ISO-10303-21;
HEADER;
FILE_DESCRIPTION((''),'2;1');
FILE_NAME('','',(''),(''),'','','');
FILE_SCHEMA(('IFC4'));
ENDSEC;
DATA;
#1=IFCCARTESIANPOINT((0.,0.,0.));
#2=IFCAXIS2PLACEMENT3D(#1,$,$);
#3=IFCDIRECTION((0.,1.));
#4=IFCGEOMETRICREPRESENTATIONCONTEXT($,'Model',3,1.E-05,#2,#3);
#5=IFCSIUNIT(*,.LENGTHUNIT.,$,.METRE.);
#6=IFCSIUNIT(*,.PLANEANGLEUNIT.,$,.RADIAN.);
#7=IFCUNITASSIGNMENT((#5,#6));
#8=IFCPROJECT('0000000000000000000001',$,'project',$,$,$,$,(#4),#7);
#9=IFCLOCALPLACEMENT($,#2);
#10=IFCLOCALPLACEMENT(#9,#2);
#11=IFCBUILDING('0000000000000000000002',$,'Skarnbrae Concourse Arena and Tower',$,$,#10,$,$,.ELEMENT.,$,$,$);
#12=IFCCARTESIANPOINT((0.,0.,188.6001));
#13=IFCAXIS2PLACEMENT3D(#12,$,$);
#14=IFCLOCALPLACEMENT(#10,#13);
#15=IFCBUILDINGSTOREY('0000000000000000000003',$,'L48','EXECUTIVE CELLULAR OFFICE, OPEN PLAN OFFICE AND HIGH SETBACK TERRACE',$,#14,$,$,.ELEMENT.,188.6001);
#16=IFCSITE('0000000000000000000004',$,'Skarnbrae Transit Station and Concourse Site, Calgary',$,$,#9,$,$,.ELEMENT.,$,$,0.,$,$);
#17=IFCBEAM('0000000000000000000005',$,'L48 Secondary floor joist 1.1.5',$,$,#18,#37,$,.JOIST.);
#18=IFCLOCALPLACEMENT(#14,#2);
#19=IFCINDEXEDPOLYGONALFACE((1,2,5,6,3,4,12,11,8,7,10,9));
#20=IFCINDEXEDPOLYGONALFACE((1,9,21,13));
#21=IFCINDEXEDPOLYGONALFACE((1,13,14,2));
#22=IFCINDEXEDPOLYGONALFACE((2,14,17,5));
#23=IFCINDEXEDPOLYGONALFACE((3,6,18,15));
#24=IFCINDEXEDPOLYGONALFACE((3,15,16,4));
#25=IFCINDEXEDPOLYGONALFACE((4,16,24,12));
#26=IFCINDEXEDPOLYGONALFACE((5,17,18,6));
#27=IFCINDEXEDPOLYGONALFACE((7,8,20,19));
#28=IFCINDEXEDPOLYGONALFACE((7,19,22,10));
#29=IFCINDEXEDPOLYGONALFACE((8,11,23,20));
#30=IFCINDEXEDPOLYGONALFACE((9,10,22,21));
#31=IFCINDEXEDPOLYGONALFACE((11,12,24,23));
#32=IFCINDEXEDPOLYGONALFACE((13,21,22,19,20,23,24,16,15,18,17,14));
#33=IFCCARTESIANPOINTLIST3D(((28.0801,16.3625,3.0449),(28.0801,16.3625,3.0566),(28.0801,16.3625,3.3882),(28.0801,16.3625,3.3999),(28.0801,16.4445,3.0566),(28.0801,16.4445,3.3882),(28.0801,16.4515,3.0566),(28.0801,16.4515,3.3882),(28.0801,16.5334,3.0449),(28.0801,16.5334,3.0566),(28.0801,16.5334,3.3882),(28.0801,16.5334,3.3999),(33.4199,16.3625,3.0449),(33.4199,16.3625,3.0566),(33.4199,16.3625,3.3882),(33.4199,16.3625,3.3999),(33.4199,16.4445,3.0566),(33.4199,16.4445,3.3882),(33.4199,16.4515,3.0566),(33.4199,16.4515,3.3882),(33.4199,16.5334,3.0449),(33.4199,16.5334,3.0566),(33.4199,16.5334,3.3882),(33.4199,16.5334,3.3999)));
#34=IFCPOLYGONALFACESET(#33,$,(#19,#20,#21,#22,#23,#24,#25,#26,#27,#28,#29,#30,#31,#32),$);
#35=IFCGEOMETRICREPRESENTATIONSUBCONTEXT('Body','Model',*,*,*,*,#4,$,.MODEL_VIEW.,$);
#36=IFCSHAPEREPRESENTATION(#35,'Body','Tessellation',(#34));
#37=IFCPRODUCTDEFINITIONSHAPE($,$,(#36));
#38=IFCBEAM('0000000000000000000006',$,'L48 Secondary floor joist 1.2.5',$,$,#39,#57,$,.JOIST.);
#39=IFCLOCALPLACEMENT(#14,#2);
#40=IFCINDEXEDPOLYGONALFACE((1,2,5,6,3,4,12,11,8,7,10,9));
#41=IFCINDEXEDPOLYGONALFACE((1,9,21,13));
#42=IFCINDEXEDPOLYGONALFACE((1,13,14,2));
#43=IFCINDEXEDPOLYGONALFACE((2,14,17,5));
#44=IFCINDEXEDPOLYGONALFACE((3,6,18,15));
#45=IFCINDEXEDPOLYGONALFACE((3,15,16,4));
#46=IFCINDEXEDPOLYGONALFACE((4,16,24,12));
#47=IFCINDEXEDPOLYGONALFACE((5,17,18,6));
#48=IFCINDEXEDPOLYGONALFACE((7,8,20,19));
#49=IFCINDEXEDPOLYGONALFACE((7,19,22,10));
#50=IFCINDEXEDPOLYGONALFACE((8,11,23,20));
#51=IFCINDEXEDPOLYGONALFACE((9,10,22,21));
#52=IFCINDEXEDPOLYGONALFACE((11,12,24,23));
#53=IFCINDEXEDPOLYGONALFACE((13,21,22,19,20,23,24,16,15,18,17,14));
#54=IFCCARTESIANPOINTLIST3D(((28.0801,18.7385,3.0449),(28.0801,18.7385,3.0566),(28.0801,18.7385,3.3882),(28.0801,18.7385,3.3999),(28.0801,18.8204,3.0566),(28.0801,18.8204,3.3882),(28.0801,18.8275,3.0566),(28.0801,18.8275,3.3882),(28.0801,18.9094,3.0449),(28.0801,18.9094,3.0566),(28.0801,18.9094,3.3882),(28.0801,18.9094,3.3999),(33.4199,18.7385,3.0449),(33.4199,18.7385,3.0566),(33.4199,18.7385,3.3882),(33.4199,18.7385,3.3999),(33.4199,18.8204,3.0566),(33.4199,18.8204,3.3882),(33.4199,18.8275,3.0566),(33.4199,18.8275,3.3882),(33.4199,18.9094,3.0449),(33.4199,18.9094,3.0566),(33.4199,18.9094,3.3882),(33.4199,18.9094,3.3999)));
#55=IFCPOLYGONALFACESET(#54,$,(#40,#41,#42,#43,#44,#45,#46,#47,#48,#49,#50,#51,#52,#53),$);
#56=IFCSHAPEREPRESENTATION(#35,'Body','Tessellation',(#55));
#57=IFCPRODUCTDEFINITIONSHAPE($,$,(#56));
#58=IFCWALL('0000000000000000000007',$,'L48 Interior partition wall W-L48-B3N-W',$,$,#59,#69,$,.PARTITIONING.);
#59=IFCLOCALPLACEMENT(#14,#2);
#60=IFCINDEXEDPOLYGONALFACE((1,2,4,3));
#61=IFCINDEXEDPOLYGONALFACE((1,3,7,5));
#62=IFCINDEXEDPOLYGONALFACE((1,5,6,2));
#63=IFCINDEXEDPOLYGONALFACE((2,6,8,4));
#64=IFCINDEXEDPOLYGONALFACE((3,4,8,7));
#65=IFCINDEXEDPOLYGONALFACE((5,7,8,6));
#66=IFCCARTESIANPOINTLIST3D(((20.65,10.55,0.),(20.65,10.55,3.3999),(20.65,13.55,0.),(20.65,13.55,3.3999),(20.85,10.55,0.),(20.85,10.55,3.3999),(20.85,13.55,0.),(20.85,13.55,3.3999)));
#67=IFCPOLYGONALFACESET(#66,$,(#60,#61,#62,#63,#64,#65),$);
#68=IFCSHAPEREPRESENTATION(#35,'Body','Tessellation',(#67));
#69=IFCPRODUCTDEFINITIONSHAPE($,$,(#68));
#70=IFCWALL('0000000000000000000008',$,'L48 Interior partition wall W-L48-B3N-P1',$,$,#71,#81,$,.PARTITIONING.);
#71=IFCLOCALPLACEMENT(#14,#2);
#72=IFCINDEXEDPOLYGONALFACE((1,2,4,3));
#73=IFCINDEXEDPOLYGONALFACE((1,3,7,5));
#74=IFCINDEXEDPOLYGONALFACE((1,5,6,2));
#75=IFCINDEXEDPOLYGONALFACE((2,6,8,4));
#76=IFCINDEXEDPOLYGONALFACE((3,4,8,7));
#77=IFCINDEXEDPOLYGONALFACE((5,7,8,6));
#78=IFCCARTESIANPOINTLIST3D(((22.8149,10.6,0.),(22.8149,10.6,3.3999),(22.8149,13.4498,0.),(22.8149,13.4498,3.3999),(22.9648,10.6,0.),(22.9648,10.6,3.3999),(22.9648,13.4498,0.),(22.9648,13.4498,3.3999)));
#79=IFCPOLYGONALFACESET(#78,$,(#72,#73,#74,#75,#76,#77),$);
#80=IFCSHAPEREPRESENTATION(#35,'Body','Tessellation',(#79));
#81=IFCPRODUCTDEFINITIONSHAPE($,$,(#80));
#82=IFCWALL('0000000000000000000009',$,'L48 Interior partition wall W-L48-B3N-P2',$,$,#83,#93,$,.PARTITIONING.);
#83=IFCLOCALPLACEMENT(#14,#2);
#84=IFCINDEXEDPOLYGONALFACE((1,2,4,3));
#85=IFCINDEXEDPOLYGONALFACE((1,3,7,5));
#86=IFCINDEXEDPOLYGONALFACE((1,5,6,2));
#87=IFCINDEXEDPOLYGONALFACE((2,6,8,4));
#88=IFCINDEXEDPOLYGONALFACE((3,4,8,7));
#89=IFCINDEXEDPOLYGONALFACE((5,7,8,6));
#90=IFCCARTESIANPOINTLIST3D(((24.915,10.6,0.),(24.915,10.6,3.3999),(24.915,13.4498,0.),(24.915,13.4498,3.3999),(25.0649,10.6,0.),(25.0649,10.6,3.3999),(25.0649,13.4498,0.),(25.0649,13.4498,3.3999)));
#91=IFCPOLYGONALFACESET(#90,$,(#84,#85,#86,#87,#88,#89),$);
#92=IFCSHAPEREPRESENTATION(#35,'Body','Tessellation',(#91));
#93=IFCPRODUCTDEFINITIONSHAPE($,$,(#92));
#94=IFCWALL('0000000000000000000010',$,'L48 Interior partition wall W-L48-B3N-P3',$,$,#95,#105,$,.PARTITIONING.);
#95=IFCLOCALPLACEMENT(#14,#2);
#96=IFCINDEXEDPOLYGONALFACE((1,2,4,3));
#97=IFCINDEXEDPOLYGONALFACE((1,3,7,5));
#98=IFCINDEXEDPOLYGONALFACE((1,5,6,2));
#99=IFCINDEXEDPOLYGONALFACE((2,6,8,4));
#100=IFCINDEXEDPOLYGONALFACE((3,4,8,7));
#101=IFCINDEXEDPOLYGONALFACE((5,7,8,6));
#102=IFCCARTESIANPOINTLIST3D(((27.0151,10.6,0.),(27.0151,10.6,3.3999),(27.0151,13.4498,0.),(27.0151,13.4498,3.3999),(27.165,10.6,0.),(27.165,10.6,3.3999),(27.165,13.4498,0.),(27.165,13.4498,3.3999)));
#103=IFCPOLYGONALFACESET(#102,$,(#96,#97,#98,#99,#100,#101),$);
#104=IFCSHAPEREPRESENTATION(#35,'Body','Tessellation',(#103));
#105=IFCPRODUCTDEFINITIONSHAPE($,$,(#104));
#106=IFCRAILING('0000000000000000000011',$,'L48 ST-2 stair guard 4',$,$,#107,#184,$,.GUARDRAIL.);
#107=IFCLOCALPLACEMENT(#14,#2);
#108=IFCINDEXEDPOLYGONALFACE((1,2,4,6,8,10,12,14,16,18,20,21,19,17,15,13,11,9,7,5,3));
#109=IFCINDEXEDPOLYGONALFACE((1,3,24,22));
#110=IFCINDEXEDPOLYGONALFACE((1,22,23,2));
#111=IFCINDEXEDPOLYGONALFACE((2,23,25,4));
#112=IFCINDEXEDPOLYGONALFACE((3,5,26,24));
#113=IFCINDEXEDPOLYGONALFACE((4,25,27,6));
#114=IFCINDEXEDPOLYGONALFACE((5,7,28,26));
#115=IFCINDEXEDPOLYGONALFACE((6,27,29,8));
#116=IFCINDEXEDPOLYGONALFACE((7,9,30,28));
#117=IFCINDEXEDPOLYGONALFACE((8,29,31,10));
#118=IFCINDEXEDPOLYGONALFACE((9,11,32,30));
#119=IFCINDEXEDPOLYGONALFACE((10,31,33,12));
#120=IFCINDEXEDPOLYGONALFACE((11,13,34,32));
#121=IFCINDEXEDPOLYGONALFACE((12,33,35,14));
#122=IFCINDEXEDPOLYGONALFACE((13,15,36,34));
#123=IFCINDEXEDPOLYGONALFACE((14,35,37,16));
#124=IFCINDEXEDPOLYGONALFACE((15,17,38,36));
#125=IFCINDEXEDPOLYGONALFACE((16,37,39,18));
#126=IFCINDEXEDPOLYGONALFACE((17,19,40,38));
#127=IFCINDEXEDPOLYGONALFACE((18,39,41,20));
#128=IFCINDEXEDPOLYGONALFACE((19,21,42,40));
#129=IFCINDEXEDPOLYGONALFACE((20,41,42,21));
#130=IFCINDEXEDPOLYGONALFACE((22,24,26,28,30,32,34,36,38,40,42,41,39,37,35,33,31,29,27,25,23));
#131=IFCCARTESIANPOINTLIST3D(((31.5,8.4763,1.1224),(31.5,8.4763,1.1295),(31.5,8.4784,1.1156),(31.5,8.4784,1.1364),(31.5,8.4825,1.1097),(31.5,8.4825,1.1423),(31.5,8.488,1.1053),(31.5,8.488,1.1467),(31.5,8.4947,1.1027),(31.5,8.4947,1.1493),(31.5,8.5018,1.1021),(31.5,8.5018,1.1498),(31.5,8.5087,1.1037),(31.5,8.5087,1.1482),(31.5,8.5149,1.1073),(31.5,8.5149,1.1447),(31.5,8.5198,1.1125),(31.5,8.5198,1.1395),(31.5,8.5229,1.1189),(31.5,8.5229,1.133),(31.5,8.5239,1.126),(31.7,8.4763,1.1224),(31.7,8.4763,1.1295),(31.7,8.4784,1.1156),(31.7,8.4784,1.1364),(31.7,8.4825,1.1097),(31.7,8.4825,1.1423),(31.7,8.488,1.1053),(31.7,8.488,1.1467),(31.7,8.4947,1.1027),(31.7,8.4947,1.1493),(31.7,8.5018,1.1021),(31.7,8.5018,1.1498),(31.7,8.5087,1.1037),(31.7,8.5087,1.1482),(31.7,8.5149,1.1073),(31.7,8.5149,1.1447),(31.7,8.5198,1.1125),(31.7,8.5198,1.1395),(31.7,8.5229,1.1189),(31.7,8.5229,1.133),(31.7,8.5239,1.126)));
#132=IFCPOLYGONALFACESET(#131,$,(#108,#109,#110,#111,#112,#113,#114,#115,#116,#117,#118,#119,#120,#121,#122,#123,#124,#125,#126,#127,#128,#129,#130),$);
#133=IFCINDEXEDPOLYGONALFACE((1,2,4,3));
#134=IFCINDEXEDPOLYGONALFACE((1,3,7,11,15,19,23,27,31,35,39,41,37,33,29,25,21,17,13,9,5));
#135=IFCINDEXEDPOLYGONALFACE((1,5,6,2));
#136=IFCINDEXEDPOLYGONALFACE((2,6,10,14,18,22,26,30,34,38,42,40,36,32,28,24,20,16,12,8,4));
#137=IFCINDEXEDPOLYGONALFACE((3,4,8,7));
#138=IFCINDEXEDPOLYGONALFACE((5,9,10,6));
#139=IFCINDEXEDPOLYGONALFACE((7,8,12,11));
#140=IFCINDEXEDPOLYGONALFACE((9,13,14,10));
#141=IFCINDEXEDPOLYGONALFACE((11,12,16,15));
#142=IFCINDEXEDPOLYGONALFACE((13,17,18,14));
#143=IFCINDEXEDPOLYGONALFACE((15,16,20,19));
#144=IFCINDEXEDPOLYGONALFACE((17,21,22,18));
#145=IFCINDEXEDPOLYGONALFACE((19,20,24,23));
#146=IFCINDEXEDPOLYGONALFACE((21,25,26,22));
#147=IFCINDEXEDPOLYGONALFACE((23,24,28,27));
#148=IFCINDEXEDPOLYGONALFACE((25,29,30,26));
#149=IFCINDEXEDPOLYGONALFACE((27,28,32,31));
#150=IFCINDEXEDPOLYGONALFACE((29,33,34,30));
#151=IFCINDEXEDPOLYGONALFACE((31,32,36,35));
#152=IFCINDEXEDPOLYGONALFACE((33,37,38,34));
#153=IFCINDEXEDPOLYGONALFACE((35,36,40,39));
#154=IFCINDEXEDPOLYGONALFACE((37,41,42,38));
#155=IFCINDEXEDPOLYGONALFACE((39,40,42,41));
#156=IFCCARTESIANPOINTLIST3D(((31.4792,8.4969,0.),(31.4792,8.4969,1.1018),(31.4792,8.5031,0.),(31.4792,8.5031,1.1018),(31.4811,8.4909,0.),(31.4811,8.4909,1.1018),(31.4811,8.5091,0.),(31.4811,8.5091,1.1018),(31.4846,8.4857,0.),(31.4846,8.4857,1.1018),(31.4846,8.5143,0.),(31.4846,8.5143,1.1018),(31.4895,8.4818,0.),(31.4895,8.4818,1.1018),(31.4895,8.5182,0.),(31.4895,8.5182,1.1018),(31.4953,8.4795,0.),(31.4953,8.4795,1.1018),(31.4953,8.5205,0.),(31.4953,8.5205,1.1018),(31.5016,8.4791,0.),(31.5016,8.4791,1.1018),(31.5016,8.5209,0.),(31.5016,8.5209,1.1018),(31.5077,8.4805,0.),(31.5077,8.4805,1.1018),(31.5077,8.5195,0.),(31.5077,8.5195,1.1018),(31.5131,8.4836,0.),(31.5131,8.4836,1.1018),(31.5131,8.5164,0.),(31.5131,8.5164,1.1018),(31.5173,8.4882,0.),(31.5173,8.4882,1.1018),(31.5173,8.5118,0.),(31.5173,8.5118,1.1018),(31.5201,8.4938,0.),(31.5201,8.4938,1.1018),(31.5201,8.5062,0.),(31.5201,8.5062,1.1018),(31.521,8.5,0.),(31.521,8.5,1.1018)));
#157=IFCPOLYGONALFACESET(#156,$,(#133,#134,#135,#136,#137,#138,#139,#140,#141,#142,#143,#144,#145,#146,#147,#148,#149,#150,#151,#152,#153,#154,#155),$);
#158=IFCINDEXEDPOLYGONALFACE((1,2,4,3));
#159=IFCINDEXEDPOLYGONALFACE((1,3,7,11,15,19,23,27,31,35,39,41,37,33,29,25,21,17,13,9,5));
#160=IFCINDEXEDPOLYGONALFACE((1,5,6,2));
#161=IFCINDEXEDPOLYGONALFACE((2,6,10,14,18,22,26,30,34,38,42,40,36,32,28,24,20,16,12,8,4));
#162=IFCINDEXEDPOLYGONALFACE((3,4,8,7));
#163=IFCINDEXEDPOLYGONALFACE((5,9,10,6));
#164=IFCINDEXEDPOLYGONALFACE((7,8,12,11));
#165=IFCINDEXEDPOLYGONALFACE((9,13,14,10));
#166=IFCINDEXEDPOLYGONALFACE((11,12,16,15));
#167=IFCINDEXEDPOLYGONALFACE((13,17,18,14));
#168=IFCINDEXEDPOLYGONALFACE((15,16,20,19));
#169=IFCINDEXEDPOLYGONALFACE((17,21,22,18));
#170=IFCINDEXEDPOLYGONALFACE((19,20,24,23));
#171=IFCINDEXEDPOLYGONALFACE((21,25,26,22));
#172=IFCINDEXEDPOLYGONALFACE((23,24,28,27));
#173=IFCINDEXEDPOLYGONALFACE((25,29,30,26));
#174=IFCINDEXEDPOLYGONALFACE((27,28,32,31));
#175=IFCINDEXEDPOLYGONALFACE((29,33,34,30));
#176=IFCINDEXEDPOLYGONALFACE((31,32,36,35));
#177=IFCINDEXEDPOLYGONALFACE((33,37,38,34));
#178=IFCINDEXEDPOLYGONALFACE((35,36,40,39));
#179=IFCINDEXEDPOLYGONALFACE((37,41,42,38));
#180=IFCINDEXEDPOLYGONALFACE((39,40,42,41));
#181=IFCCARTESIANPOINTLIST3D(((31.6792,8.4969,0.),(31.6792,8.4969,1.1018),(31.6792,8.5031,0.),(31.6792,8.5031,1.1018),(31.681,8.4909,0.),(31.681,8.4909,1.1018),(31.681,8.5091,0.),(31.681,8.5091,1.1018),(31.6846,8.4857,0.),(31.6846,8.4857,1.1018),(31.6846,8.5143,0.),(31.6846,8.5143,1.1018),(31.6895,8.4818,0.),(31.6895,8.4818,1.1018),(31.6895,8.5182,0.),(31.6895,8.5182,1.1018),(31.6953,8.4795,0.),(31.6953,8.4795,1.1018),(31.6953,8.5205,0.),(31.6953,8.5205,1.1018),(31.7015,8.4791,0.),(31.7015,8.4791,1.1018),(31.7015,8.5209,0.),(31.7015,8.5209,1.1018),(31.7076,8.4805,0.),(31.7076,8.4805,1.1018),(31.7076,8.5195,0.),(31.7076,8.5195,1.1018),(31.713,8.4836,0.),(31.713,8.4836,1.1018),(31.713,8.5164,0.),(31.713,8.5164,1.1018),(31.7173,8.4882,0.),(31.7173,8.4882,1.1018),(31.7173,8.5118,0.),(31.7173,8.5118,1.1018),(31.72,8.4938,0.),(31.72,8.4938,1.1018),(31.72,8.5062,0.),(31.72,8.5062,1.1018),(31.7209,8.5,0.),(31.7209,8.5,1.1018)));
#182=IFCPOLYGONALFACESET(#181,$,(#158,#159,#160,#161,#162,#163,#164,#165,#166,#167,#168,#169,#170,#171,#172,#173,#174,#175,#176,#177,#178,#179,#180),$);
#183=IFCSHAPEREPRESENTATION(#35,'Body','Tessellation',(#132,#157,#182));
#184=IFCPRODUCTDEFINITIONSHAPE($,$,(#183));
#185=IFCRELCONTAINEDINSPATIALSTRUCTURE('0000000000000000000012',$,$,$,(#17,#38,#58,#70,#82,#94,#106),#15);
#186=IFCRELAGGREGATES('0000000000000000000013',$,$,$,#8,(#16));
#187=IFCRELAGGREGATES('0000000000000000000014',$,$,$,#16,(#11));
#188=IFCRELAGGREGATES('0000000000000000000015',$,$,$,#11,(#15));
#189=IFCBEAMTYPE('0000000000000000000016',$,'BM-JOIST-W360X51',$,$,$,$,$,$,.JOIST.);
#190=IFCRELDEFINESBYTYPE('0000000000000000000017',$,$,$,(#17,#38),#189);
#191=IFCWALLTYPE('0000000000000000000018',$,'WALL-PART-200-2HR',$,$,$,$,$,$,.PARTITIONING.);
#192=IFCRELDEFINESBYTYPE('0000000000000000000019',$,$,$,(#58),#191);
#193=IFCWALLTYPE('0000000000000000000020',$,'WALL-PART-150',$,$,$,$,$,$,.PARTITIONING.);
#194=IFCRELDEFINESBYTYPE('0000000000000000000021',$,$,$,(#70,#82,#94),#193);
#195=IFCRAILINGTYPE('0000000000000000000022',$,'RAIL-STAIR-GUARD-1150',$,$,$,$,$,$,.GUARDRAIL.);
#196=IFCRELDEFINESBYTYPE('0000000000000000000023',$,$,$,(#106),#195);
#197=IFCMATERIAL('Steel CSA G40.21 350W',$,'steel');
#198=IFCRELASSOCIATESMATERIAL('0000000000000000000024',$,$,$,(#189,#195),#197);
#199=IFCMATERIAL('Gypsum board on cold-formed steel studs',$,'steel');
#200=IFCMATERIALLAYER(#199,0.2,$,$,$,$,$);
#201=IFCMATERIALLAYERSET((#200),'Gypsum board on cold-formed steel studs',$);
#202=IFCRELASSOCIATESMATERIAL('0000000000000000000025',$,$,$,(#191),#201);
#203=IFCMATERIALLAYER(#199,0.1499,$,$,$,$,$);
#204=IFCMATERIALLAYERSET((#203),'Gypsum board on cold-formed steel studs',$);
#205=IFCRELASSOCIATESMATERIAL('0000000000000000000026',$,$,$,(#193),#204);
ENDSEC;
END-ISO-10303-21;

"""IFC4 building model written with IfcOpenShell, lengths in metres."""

from ifc_helpers import new_model, si_unit, direction, frame, frame_2d, origin, origin_2d, place, context, subcontext, project, spatial, rectangle, circle, i_section, extrude, source, transform, mapped, material, layer, layer_set, material_profile, profile_set, type_object, element, save


model = new_model("IFC4")

# Units and contexts
model_context = context("Model", 3, precision=1e-05, world=origin(), true_north=direction((0.0, 1.0)))
body_context = subcontext(model_context, "Body", "Model", "MODEL_VIEW")
ifc_project = project(units=[si_unit("LENGTHUNIT", "METRE"), si_unit("PLANEANGLEUNIT", "RADIAN")], contexts=[model_context])

# Site, building, storey
site_placement = place(None, origin())
site = spatial("IfcSite", under=ifc_project, at=site_placement, Name="Skarnbrae Transit Station and Concourse Site, Calgary", CompositionType="ELEMENT", RefElevation=0.0)
building_placement = place(site_placement, origin())
building = spatial("IfcBuilding", under=site, at=building_placement, Name="Skarnbrae Concourse Arena and Tower", CompositionType="ELEMENT")
storey_placement = place(building_placement, frame((0.0, 0.0, 188.6001)))
storey = spatial("IfcBuildingStorey", under=building, at=storey_placement, Name="L48", Description="EXECUTIVE CELLULAR OFFICE, OPEN PLAN OFFICE AND HIGH SETBACK TERRACE", CompositionType="ELEMENT", Elevation=188.6001)

# Shared definitions
ifc_material_1 = material(Name="Steel CSA G40.21 350W", Category="steel")

# Beams
ifc_material_profile_1 = material_profile(ifc_material_1, i_section(OverallWidth=0.1709, OverallDepth=0.355, WebThickness=0.0071, FlangeThickness=0.0117, at=origin_2d()), Name="W360X51")
ifc_profile_set_1 = profile_set([ifc_material_profile_1], Name="Steel CSA G40.21 350W")
beam_type_1 = type_object("IfcBeamType", Name="BM-JOIST-W360X51", PredefinedType="JOIST", material=ifc_profile_set_1)
shared_shape_1 = source(origin(), body_context, "Body", "SweptSolid", [
    extrude(i_section(OverallWidth=0.1709, OverallDepth=0.355, WebThickness=0.0071, FlangeThickness=0.0117, at=origin_2d()), origin(), (0.0, 0.0, 1.0), 5.3398),
])
for number, where, z_axis, x_axis, name in (
    (1, (28.0801, 16.448, 3.2224), (1.0, 0.0, 0.0), (0.0, 1.0, 0.0), "L48 Secondary floor joist 1.1.5"),
    (2, (28.0801, 18.824, 3.2224), (1.0, 0.0, 0.0), (0.0, 1.0, 0.0), "L48 Secondary floor joist 1.2.5"),
):
    element("IfcBeam", number, at=place(storey_placement, frame(where, z_axis=z_axis, x_axis=x_axis)), inside=storey, type_object=beam_type_1, Name=name, PredefinedType="JOIST", context=body_context, shape_type="MappedRepresentation", body=[
        mapped(shared_shape_1, transform((0.0, 0.0, 0.0))),
    ])

# Shared definitions
ifc_material_2 = material(Name="Gypsum board on cold-formed steel studs", Category="steel")
ifc_layer_1 = layer(ifc_material_2, 0.2)
ifc_layer_set_1 = layer_set([ifc_layer_1], Name="Gypsum board on cold-formed steel studs")
wall_type_1 = type_object("IfcWallType", Name="WALL-PART-200-2HR", PredefinedType="PARTITIONING", material=ifc_layer_set_1)

# Walls
shared_shape_2 = source(origin(), body_context, "Body", "SweptSolid", [
    extrude(rectangle(XDim=3.0, YDim=0.2, at=frame_2d((1.5, 0.0))), origin(), (0.0, 0.0, 1.0), 3.3999),
])
wall_1_placement = place(storey_placement, frame((20.75, 10.55, 0.0), z_axis=(0.0, 0.0, 1.0), x_axis=(0.0, 1.0, 0.0)))
element("IfcWall", 3, at=wall_1_placement, inside=storey, type_object=wall_type_1, Name="L48 Interior partition wall W-L48-B3N-W", PredefinedType="PARTITIONING", context=body_context, shape_type="MappedRepresentation", body=[
    mapped(shared_shape_2, transform((0.0, 0.0, 0.0))),
])
ifc_layer_2 = layer(ifc_material_2, 0.1499)
ifc_layer_set_2 = layer_set([ifc_layer_2], Name="Gypsum board on cold-formed steel studs")
wall_type_2 = type_object("IfcWallType", Name="WALL-PART-150", PredefinedType="PARTITIONING", material=ifc_layer_set_2)
shared_shape_3 = source(origin(), body_context, "Body", "SweptSolid", [
    extrude(rectangle(XDim=2.8499, YDim=0.1499, at=frame_2d((1.4248, 0.0))), origin(), (0.0, 0.0, 1.0), 3.3999),
])
for number, where, z_axis, x_axis, name in (
    (4, (22.8899, 10.6001, 0.0), (0.0, 0.0, 1.0), (0.0, 1.0, 0.0), "L48 Interior partition wall W-L48-B3N-P1"),
    (5, (24.99, 10.6001, 0.0), (0.0, 0.0, 1.0), (0.0, 1.0, 0.0), "L48 Interior partition wall W-L48-B3N-P2"),
    (6, (27.0901, 10.6001, 0.0), (0.0, 0.0, 1.0), (0.0, 1.0, 0.0), "L48 Interior partition wall W-L48-B3N-P3"),
):
    element("IfcWall", number, at=place(storey_placement, frame(where, z_axis=z_axis, x_axis=x_axis)), inside=storey, type_object=wall_type_2, Name=name, PredefinedType="PARTITIONING", context=body_context, shape_type="MappedRepresentation", body=[
        mapped(shared_shape_3, transform((0.0, 0.0, 0.0))),
    ])

# Railing
railing_type = type_object("IfcRailingType", Name="RAIL-STAIR-GUARD-1150", PredefinedType="GUARDRAIL", material=ifc_material_1)
railing_placement = place(storey_placement, frame((31.5, 8.5, 0.0)))
element("IfcRailing", 7, at=railing_placement, inside=storey, type_object=railing_type, Name="L48 ST-2 stair guard 4", PredefinedType="GUARDRAIL", context=body_context, shape_type="SweptSolid", body=[
    extrude(circle(Radius=0.0239, at=origin_2d()), frame((0.0, 0.0, 1.126), z_axis=(1.0, 0.0, 0.0), x_axis=(0.0, 1.0, 0.0)), (0.0, 0.0, 1.0), 0.2),
    extrude(circle(Radius=0.021, at=origin_2d()), origin(), (0.0, 0.0, 1.0), 1.1018),
    extrude(circle(Radius=0.021, at=origin_2d()), frame((0.2, 0.0, 0.0)), (0.0, 0.0, 1.0), 1.1018),
])

save(model, "model.ifc")
